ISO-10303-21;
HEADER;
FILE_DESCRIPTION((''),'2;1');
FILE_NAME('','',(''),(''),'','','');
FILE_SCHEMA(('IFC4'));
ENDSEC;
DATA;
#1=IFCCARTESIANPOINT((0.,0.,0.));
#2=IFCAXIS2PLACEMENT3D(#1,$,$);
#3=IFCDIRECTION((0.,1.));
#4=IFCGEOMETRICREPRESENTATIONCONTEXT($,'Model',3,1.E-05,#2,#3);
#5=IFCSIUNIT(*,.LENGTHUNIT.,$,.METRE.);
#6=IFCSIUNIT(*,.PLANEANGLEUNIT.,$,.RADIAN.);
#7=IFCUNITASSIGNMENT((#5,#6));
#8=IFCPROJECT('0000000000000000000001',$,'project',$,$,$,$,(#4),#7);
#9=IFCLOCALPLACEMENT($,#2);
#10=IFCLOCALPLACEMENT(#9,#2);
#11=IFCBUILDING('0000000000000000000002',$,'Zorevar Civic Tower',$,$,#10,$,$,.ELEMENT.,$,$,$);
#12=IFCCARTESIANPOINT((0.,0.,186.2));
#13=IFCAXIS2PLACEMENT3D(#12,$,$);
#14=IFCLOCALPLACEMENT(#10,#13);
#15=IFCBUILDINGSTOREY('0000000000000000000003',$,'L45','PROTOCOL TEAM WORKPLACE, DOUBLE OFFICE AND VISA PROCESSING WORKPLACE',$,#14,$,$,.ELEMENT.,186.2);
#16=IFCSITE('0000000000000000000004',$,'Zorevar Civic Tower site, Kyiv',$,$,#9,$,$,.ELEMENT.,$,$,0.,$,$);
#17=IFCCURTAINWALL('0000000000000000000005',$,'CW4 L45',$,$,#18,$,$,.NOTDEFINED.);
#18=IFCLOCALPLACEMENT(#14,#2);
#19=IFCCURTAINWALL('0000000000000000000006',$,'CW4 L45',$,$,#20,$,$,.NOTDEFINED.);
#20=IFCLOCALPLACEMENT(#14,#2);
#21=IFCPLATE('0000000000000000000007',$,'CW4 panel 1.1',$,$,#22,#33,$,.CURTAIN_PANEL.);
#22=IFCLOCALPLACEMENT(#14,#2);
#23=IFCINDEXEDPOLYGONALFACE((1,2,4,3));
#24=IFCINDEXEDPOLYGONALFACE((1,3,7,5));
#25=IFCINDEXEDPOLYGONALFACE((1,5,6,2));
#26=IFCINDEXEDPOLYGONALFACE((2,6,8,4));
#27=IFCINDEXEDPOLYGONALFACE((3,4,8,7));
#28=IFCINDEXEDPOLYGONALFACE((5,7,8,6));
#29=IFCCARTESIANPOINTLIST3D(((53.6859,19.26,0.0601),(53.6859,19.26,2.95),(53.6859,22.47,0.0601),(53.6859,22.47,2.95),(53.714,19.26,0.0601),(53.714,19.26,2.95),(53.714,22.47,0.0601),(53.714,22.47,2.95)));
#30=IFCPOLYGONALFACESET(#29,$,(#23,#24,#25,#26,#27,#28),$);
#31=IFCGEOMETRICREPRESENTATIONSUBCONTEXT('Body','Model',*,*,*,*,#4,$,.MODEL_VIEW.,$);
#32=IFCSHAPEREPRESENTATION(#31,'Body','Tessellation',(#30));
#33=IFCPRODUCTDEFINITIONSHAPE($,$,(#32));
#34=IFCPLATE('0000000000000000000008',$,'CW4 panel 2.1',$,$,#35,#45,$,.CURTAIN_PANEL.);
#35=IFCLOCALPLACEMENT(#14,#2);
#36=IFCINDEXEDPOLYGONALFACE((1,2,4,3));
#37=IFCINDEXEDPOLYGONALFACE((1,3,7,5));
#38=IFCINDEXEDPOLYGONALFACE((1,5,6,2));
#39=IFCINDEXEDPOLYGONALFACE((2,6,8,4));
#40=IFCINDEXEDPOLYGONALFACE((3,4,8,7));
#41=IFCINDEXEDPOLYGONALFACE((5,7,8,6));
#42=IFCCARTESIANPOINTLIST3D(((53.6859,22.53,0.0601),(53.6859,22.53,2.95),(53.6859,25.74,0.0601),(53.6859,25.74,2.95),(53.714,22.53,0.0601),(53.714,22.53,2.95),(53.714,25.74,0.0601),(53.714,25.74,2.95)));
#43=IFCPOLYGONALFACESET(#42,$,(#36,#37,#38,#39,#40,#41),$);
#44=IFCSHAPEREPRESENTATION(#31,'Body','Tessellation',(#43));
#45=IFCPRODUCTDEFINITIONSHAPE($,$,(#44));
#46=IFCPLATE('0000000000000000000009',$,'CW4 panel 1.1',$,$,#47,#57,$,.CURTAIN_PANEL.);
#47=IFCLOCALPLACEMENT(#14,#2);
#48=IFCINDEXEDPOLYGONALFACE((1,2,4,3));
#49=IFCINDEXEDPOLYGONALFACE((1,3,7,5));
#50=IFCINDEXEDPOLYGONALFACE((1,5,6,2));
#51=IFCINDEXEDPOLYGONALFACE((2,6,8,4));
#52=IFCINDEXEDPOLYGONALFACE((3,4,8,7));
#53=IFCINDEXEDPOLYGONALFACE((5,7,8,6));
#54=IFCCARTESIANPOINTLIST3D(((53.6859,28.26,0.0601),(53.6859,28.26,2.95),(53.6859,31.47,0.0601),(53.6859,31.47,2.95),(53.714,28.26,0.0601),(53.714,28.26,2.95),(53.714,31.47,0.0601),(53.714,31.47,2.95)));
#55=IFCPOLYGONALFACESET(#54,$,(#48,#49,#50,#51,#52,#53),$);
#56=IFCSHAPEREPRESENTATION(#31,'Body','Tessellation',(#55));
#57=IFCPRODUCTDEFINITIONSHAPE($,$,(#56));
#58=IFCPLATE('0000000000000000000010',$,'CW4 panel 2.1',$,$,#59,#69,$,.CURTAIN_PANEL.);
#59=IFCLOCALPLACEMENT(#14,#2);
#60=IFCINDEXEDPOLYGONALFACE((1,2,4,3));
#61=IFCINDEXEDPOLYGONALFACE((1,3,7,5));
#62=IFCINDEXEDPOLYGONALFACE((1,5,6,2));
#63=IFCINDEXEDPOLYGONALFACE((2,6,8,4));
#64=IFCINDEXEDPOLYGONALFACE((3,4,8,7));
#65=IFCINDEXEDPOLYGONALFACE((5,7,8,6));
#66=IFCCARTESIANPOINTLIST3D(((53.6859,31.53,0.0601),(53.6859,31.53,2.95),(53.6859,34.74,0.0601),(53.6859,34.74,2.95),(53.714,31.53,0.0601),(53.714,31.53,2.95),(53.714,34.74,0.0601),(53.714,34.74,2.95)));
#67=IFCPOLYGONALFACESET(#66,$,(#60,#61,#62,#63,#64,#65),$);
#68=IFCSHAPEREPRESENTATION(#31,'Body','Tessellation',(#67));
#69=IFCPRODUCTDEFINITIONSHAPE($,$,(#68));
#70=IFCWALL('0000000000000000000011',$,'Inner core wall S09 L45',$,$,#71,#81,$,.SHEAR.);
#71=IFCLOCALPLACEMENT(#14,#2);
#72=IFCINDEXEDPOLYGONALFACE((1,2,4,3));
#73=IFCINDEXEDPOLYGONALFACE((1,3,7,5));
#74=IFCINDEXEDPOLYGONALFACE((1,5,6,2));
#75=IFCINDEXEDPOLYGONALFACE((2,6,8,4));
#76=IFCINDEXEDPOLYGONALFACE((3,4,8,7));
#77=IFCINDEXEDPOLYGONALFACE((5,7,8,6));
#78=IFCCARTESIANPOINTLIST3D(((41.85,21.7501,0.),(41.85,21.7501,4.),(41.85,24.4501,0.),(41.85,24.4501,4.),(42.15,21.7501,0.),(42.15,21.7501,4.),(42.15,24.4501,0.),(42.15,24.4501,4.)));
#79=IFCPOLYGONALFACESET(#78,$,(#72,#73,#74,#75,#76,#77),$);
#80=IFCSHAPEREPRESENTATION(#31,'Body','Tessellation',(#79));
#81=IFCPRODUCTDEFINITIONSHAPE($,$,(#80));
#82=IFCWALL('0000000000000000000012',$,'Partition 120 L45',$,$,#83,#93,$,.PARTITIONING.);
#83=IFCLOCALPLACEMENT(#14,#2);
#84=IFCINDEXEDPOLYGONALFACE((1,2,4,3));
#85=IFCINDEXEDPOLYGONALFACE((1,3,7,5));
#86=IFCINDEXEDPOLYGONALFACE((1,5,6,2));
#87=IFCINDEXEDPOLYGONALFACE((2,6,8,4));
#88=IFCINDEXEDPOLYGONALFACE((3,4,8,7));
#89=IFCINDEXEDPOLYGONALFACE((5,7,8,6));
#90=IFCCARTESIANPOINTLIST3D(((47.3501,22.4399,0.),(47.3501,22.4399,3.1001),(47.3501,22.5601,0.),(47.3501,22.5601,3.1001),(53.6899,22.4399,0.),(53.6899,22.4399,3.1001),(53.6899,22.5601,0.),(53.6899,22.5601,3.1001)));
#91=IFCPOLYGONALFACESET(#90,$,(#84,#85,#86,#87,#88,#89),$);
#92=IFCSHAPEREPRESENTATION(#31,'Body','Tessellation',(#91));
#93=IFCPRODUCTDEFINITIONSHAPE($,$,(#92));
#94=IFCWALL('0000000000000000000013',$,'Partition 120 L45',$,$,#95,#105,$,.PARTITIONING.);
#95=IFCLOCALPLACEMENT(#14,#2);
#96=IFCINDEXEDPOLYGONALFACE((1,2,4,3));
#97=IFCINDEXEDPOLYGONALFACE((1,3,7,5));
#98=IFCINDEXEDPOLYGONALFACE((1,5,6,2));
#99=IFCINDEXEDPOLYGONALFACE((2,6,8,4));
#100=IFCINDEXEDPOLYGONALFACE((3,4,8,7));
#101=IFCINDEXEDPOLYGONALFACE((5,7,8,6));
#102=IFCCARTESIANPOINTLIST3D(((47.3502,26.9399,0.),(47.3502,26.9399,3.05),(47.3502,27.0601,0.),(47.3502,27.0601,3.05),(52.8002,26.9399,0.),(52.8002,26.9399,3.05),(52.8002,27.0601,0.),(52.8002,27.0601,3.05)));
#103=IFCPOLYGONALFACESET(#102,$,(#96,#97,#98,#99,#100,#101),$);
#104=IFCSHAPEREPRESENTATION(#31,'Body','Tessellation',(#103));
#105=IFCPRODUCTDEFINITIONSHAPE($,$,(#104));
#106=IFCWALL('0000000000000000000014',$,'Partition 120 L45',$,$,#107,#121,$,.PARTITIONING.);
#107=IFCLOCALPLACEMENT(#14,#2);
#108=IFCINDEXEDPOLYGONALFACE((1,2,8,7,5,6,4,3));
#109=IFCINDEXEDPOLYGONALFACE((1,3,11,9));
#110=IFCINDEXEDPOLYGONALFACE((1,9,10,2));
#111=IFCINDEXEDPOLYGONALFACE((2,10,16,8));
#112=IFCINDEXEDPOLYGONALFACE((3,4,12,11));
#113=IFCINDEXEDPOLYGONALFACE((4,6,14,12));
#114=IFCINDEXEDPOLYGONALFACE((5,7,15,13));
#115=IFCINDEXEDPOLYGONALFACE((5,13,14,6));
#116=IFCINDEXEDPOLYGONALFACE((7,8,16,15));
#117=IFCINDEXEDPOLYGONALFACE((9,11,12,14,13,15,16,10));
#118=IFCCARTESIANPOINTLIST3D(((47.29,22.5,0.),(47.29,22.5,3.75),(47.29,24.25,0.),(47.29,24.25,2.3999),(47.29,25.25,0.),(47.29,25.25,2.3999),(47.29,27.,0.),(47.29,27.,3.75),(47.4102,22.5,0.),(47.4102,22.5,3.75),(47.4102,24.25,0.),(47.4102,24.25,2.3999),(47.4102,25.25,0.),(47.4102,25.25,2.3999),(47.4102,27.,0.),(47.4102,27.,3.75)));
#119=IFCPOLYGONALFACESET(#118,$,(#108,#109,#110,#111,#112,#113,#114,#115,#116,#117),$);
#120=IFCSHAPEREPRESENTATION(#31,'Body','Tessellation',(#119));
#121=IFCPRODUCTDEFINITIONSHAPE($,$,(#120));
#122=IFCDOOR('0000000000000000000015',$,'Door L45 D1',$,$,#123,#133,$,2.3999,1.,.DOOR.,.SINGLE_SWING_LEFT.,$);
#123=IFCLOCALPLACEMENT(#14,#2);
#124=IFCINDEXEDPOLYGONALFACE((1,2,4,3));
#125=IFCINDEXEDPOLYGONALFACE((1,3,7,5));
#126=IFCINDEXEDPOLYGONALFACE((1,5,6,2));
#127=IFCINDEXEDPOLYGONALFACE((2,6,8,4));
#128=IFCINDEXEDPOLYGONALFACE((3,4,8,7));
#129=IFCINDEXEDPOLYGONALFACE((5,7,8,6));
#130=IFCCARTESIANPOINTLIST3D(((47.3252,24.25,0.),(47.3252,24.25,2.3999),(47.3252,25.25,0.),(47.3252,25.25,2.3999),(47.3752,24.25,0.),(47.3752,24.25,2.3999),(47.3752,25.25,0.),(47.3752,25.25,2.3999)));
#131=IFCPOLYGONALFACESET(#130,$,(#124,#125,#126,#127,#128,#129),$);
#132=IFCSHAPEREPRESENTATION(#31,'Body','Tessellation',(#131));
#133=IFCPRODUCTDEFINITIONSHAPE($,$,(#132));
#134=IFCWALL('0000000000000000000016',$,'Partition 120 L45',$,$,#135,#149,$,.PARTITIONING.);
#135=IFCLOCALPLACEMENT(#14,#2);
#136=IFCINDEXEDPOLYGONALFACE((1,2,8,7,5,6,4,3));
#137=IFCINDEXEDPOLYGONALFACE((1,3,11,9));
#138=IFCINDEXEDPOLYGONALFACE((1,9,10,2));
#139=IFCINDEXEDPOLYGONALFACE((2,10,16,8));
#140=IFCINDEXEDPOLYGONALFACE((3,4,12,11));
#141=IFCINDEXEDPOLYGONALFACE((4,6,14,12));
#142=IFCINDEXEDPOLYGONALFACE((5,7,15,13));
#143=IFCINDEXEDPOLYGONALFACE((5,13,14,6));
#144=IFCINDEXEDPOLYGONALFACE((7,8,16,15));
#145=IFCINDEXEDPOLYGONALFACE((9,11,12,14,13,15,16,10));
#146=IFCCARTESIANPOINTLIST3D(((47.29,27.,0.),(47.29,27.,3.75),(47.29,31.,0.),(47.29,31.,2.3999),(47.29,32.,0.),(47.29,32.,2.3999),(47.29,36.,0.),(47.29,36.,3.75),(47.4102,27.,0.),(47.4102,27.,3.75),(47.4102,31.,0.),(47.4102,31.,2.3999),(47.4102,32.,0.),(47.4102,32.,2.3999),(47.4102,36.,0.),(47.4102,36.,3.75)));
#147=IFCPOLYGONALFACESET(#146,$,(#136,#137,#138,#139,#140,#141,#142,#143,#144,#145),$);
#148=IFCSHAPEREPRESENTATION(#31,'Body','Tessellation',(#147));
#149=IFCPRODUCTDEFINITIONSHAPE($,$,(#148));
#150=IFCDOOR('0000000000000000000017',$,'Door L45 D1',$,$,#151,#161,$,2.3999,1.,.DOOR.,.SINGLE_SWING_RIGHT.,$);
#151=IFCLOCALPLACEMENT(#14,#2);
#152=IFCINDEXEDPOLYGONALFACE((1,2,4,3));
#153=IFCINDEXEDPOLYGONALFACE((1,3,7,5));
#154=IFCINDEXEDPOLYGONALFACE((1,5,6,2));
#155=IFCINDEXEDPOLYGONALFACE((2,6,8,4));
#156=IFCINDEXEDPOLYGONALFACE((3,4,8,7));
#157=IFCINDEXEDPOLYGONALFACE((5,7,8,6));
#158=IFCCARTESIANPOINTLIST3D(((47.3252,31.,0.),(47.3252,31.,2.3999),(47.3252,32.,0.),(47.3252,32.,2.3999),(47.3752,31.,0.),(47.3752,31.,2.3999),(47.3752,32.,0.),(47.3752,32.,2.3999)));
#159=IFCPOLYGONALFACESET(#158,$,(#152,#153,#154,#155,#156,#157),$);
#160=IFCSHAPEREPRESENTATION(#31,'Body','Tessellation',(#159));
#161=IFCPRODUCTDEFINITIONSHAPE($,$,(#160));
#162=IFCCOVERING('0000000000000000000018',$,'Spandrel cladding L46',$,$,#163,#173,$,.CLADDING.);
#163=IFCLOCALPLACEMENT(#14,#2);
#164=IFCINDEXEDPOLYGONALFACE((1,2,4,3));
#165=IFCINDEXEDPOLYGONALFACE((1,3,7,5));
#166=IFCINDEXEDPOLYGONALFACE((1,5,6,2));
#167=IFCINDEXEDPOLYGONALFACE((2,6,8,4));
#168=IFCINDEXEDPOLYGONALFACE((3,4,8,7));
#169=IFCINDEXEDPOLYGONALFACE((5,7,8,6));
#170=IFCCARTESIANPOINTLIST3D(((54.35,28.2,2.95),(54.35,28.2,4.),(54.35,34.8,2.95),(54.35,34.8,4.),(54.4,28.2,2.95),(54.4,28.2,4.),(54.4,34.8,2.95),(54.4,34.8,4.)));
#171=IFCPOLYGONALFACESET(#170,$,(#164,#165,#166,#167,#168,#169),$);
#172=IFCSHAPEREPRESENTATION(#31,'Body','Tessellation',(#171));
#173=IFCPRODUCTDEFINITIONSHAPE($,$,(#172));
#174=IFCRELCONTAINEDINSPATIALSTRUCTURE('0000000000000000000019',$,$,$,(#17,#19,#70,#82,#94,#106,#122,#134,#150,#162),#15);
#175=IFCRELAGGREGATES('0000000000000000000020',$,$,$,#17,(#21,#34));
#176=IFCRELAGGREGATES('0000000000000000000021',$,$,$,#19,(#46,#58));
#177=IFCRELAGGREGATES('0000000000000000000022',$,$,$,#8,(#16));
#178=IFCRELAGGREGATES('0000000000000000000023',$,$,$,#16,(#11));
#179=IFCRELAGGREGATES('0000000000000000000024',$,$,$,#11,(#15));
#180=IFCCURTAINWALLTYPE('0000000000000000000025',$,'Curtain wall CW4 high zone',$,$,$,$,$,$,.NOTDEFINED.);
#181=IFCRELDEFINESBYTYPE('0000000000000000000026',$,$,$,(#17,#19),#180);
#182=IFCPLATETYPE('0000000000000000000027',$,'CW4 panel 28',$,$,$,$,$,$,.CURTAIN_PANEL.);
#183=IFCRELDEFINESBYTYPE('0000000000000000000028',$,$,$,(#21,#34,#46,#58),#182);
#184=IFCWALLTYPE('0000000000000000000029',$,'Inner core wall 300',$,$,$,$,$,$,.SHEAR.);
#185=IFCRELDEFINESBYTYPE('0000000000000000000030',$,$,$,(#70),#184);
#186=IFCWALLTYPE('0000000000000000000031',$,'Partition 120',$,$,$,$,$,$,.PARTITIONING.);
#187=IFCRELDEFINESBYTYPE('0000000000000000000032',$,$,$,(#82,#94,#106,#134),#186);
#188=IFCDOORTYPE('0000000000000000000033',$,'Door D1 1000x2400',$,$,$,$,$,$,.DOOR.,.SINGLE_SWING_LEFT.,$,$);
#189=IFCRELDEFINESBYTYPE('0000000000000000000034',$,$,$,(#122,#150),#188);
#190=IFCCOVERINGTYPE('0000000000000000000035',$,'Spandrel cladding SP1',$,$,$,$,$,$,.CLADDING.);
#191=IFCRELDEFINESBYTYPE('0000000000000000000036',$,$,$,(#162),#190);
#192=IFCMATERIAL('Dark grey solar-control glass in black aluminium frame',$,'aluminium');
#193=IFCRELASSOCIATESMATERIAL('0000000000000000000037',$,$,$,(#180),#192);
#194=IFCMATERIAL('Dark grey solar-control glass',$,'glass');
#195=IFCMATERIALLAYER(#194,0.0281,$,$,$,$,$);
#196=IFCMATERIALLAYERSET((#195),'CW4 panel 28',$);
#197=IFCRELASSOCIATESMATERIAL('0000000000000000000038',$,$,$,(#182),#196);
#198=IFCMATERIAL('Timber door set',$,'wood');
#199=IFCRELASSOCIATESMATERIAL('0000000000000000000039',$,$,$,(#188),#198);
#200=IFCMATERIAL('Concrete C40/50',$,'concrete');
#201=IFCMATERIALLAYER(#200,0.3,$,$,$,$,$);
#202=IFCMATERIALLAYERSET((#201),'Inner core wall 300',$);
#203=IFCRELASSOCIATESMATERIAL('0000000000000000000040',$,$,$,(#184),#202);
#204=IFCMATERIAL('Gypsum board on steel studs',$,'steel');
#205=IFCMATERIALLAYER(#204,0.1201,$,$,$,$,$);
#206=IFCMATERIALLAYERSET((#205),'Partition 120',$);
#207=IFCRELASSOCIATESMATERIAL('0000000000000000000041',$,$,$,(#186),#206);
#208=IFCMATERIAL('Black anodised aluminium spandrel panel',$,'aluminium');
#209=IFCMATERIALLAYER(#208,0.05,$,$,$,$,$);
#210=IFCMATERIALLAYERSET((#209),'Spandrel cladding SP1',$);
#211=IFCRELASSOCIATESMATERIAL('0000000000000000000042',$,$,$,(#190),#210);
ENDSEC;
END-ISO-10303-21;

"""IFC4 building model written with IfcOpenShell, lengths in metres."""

from ifc_helpers import new_model, si_unit, direction, frame, frame_2d, origin, origin_2d, place, context, subcontext, project, spatial, rectangle, extrude, material, layer, layer_set, type_object, element, fill, aggregate, save


model = new_model("IFC4")

# Units and contexts
model_context = context("Model", 3, precision=1e-05, world=origin(), true_north=direction((0.0, 1.0)))
body_context = subcontext(model_context, "Body", "Model", "MODEL_VIEW")
ifc_project = project(units=[si_unit("LENGTHUNIT", "METRE"), si_unit("PLANEANGLEUNIT", "RADIAN")], contexts=[model_context])

# Site, building, storey
site_placement = place(None, origin())
site = spatial("IfcSite", under=ifc_project, at=site_placement, Name="Zorevar Civic Tower site, Kyiv", CompositionType="ELEMENT", RefElevation=0.0)
building_placement = place(site_placement, origin())
building = spatial("IfcBuilding", under=site, at=building_placement, Name="Zorevar Civic Tower", CompositionType="ELEMENT")
storey_placement = place(building_placement, frame((0.0, 0.0, 186.2)))
storey = spatial("IfcBuildingStorey", under=building, at=storey_placement, Name="L45", Description="PROTOCOL TEAM WORKPLACE, DOUBLE OFFICE AND VISA PROCESSING WORKPLACE", CompositionType="ELEMENT", Elevation=186.2)

# Curtain walls
ifc_material_1 = material(Name="Dark grey solar-control glass in black aluminium frame", Category="aluminium")
curtain_wall_type = type_object("IfcCurtainWallType", Name="Curtain wall CW4 high zone", PredefinedType="NOTDEFINED", material=ifc_material_1)
curtain_wall_1_placement = place(storey_placement, origin())
curtain_wall_1 = element("IfcCurtainWall", 1, at=curtain_wall_1_placement, inside=storey, type_object=curtain_wall_type, Name="CW4 L45", PredefinedType="NOTDEFINED")
curtain_wall_2_placement = place(storey_placement, origin())
curtain_wall_2 = element("IfcCurtainWall", 2, at=curtain_wall_2_placement, inside=storey, type_object=curtain_wall_type, Name="CW4 L45", PredefinedType="NOTDEFINED")

# Plates
ifc_material_2 = material(Name="Dark grey solar-control glass", Category="glass")
ifc_layer_1 = layer(ifc_material_2, 0.0281)
ifc_layer_set_1 = layer_set([ifc_layer_1], Name="CW4 panel 28")
plate_type = type_object("IfcPlateType", Name="CW4 panel 28", PredefinedType="CURTAIN_PANEL", material=ifc_layer_set_1)
plate_1_placement = place(storey_placement, frame((53.7, 20.865, 0.0601), z_axis=(0.0, 0.0, 1.0), x_axis=(0.0, 1.0, 0.0)))
plate_1 = element("IfcPlate", 3, at=plate_1_placement, type_object=plate_type, Name="CW4 panel 1.1", PredefinedType="CURTAIN_PANEL", context=body_context, shape_type="SweptSolid", body=[
    extrude(rectangle(XDim=3.21, YDim=0.0281, at=origin_2d()), origin(), (0.0, 0.0, 1.0), 2.8899),
])
plate_2_placement = place(storey_placement, frame((53.7, 24.135, 0.0601), z_axis=(0.0, 0.0, 1.0), x_axis=(0.0, 1.0, 0.0)))
plate_2 = element("IfcPlate", 4, at=plate_2_placement, type_object=plate_type, Name="CW4 panel 2.1", PredefinedType="CURTAIN_PANEL", context=body_context, shape_type="SweptSolid", body=[
    extrude(rectangle(XDim=3.21, YDim=0.0281, at=origin_2d()), origin(), (0.0, 0.0, 1.0), 2.8899),
])
aggregate(curtain_wall_1, [plate_1, plate_2])
plate_3_placement = place(storey_placement, frame((53.7, 29.865, 0.0601), z_axis=(0.0, 0.0, 1.0), x_axis=(0.0, 1.0, 0.0)))
plate_3 = element("IfcPlate", 5, at=plate_3_placement, type_object=plate_type, Name="CW4 panel 1.1", PredefinedType="CURTAIN_PANEL", context=body_context, shape_type="SweptSolid", body=[
    extrude(rectangle(XDim=3.21, YDim=0.0281, at=origin_2d()), origin(), (0.0, 0.0, 1.0), 2.8899),
])
plate_4_placement = place(storey_placement, frame((53.7, 33.135, 0.0601), z_axis=(0.0, 0.0, 1.0), x_axis=(0.0, 1.0, 0.0)))
plate_4 = element("IfcPlate", 6, at=plate_4_placement, type_object=plate_type, Name="CW4 panel 2.1", PredefinedType="CURTAIN_PANEL", context=body_context, shape_type="SweptSolid", body=[
    extrude(rectangle(XDim=3.21, YDim=0.0281, at=origin_2d()), origin(), (0.0, 0.0, 1.0), 2.8899),
])
aggregate(curtain_wall_2, [plate_3, plate_4])

# Shared definitions
ifc_material_3 = material(Name="Timber door set", Category="wood")
door_type_1 = type_object("IfcDoorType", Name="Door D1 1000x2400", OperationType="SINGLE_SWING_LEFT", PredefinedType="DOOR", material=ifc_material_3)

# Shared definitions
ifc_material_4 = material(Name="Concrete C40/50", Category="concrete")
ifc_layer_2 = layer(ifc_material_4, 0.3)
ifc_layer_set_2 = layer_set([ifc_layer_2], Name="Inner core wall 300")
wall_type_1 = type_object("IfcWallType", Name="Inner core wall 300", PredefinedType="SHEAR", material=ifc_layer_set_2)

# Walls
wall_1_placement = place(storey_placement, frame((42.0, 21.75, 0.0), z_axis=(0.0, 0.0, 1.0), x_axis=(0.0, 1.0, 0.0)))
element("IfcWall", 7, at=wall_1_placement, inside=storey, type_object=wall_type_1, Name="Inner core wall S09 L45", PredefinedType="SHEAR", context=body_context, shape_type="SweptSolid", body=[
    extrude(rectangle(XDim=2.7, YDim=0.3, at=frame_2d((1.3501, 0.0))), origin(), (0.0, 0.0, 1.0), 4.0),
])
ifc_material_5 = material(Name="Gypsum board on steel studs", Category="steel")
ifc_layer_3 = layer(ifc_material_5, 0.1201)
ifc_layer_set_3 = layer_set([ifc_layer_3], Name="Partition 120")
wall_type_2 = type_object("IfcWallType", Name="Partition 120", PredefinedType="PARTITIONING", material=ifc_layer_set_3)
wall_2_placement = place(storey_placement, frame((47.3501, 22.5, 0.0), z_axis=(0.0, 0.0, 1.0), x_axis=(1.0, 0.0, 0.0)))
element("IfcWall", 8, at=wall_2_placement, inside=storey, type_object=wall_type_2, Name="Partition 120 L45", PredefinedType="PARTITIONING", context=body_context, shape_type="SweptSolid", body=[
    extrude(rectangle(XDim=6.3398, YDim=0.1201, at=frame_2d((3.1699, 0.0))), origin(), (0.0, 0.0, 1.0), 3.1001),
])
wall_3_placement = place(storey_placement, frame((47.3501, 27.0, 0.0), z_axis=(0.0, 0.0, 1.0), x_axis=(1.0, 0.0, 0.0)))
element("IfcWall", 9, at=wall_3_placement, inside=storey, type_object=wall_type_2, Name="Partition 120 L45", PredefinedType="PARTITIONING", context=body_context, shape_type="SweptSolid", body=[
    extrude(rectangle(XDim=5.45, YDim=0.1201, at=frame_2d((2.7251, 0.0))), origin(), (0.0, 0.0, 1.0), 3.05),
])

# Walls, openings, doors
wall_4_placement = place(storey_placement, frame((47.3501, 22.5, 0.0), z_axis=(0.0, 0.0, 1.0), x_axis=(0.0, 1.0, 0.0)))
wall_4 = element("IfcWall", 10, at=wall_4_placement, inside=storey, type_object=wall_type_2, Name="Partition 120 L45", PredefinedType="PARTITIONING", context=body_context, shape_type="SweptSolid", body=[
    extrude(rectangle(XDim=4.5, YDim=0.1201, at=frame_2d((2.25, 0.0))), origin(), (0.0, 0.0, 1.0), 3.75),
])
opening_1_placement = place(wall_4_placement, frame((1.75, 0.0, 0.0)))
opening_1 = element("IfcOpeningElement", 11, at=opening_1_placement, cuts=wall_4, PredefinedType="OPENING", context=body_context, shape_type="SweptSolid", body=[
    extrude(rectangle(XDim=1.0, YDim=2.3999, at=frame_2d((0.5, 1.2))), frame((0.0, 0.0701, 0.0), z_axis=(0.0, -1.0, 0.0), x_axis=(1.0, 0.0, 0.0)), (0.0, 0.0, 1.0), 0.1401),
])
door_1_placement = place(opening_1_placement, origin())
door_1 = element("IfcDoor", 12, at=door_1_placement, inside=storey, type_object=door_type_1, Name="Door L45 D1", OperationType="SINGLE_SWING_LEFT", OverallHeight=2.3999, OverallWidth=1.0, PredefinedType="DOOR", context=body_context, shape_type="SweptSolid", body=[
    extrude(rectangle(XDim=1.0, YDim=2.3999, at=frame_2d((0.5, 1.2))), frame((0.0, 0.0249, 0.0), z_axis=(0.0, -1.0, 0.0), x_axis=(1.0, 0.0, 0.0)), (0.0, 0.0, 1.0), 0.05),
])
fill(opening_1, door_1)
wall_5_placement = place(storey_placement, frame((47.3501, 27.0, 0.0), z_axis=(0.0, 0.0, 1.0), x_axis=(0.0, 1.0, 0.0)))
wall_5 = element("IfcWall", 13, at=wall_5_placement, inside=storey, type_object=wall_type_2, Name="Partition 120 L45", PredefinedType="PARTITIONING", context=body_context, shape_type="SweptSolid", body=[
    extrude(rectangle(XDim=9.0, YDim=0.1201, at=frame_2d((4.5, 0.0))), origin(), (0.0, 0.0, 1.0), 3.75),
])
opening_2_placement = place(wall_5_placement, frame((4.0, 0.0, 0.0)))
opening_2 = element("IfcOpeningElement", 14, at=opening_2_placement, cuts=wall_5, PredefinedType="OPENING", context=body_context, shape_type="SweptSolid", body=[
    extrude(rectangle(XDim=1.0, YDim=2.3999, at=frame_2d((0.5, 1.2))), frame((0.0, 0.0701, 0.0), z_axis=(0.0, -1.0, 0.0), x_axis=(1.0, 0.0, 0.0)), (0.0, 0.0, 1.0), 0.1401),
])
door_2_placement = place(opening_2_placement, origin())
door_2 = element("IfcDoor", 15, at=door_2_placement, inside=storey, type_object=door_type_1, Name="Door L45 D1", OperationType="SINGLE_SWING_RIGHT", OverallHeight=2.3999, OverallWidth=1.0, PredefinedType="DOOR", context=body_context, shape_type="SweptSolid", body=[
    extrude(rectangle(XDim=1.0, YDim=2.3999, at=frame_2d((0.5, 1.2))), frame((0.0, 0.0249, 0.0), z_axis=(0.0, -1.0, 0.0), x_axis=(1.0, 0.0, 0.0)), (0.0, 0.0, 1.0), 0.05),
])
fill(opening_2, door_2)

# Covering
ifc_material_6 = material(Name="Black anodised aluminium spandrel panel", Category="aluminium")
ifc_layer_4 = layer(ifc_material_6, 0.05)
ifc_layer_set_4 = layer_set([ifc_layer_4], Name="Spandrel cladding SP1")
covering_type = type_object("IfcCoveringType", Name="Spandrel cladding SP1", PredefinedType="CLADDING", material=ifc_layer_set_4)
covering_placement = place(storey_placement, frame((54.375, 28.2, 2.95), z_axis=(0.0, 0.0, 1.0), x_axis=(0.0, 1.0, 0.0)))
element("IfcCovering", 16, at=covering_placement, inside=storey, type_object=covering_type, Name="Spandrel cladding L46", PredefinedType="CLADDING", context=body_context, shape_type="SweptSolid", body=[
    extrude(rectangle(XDim=6.6001, YDim=0.05, at=frame_2d((3.3, 0.0))), origin(), (0.0, 0.0, 1.0), 1.05),
])

save(model, "model.ifc")
